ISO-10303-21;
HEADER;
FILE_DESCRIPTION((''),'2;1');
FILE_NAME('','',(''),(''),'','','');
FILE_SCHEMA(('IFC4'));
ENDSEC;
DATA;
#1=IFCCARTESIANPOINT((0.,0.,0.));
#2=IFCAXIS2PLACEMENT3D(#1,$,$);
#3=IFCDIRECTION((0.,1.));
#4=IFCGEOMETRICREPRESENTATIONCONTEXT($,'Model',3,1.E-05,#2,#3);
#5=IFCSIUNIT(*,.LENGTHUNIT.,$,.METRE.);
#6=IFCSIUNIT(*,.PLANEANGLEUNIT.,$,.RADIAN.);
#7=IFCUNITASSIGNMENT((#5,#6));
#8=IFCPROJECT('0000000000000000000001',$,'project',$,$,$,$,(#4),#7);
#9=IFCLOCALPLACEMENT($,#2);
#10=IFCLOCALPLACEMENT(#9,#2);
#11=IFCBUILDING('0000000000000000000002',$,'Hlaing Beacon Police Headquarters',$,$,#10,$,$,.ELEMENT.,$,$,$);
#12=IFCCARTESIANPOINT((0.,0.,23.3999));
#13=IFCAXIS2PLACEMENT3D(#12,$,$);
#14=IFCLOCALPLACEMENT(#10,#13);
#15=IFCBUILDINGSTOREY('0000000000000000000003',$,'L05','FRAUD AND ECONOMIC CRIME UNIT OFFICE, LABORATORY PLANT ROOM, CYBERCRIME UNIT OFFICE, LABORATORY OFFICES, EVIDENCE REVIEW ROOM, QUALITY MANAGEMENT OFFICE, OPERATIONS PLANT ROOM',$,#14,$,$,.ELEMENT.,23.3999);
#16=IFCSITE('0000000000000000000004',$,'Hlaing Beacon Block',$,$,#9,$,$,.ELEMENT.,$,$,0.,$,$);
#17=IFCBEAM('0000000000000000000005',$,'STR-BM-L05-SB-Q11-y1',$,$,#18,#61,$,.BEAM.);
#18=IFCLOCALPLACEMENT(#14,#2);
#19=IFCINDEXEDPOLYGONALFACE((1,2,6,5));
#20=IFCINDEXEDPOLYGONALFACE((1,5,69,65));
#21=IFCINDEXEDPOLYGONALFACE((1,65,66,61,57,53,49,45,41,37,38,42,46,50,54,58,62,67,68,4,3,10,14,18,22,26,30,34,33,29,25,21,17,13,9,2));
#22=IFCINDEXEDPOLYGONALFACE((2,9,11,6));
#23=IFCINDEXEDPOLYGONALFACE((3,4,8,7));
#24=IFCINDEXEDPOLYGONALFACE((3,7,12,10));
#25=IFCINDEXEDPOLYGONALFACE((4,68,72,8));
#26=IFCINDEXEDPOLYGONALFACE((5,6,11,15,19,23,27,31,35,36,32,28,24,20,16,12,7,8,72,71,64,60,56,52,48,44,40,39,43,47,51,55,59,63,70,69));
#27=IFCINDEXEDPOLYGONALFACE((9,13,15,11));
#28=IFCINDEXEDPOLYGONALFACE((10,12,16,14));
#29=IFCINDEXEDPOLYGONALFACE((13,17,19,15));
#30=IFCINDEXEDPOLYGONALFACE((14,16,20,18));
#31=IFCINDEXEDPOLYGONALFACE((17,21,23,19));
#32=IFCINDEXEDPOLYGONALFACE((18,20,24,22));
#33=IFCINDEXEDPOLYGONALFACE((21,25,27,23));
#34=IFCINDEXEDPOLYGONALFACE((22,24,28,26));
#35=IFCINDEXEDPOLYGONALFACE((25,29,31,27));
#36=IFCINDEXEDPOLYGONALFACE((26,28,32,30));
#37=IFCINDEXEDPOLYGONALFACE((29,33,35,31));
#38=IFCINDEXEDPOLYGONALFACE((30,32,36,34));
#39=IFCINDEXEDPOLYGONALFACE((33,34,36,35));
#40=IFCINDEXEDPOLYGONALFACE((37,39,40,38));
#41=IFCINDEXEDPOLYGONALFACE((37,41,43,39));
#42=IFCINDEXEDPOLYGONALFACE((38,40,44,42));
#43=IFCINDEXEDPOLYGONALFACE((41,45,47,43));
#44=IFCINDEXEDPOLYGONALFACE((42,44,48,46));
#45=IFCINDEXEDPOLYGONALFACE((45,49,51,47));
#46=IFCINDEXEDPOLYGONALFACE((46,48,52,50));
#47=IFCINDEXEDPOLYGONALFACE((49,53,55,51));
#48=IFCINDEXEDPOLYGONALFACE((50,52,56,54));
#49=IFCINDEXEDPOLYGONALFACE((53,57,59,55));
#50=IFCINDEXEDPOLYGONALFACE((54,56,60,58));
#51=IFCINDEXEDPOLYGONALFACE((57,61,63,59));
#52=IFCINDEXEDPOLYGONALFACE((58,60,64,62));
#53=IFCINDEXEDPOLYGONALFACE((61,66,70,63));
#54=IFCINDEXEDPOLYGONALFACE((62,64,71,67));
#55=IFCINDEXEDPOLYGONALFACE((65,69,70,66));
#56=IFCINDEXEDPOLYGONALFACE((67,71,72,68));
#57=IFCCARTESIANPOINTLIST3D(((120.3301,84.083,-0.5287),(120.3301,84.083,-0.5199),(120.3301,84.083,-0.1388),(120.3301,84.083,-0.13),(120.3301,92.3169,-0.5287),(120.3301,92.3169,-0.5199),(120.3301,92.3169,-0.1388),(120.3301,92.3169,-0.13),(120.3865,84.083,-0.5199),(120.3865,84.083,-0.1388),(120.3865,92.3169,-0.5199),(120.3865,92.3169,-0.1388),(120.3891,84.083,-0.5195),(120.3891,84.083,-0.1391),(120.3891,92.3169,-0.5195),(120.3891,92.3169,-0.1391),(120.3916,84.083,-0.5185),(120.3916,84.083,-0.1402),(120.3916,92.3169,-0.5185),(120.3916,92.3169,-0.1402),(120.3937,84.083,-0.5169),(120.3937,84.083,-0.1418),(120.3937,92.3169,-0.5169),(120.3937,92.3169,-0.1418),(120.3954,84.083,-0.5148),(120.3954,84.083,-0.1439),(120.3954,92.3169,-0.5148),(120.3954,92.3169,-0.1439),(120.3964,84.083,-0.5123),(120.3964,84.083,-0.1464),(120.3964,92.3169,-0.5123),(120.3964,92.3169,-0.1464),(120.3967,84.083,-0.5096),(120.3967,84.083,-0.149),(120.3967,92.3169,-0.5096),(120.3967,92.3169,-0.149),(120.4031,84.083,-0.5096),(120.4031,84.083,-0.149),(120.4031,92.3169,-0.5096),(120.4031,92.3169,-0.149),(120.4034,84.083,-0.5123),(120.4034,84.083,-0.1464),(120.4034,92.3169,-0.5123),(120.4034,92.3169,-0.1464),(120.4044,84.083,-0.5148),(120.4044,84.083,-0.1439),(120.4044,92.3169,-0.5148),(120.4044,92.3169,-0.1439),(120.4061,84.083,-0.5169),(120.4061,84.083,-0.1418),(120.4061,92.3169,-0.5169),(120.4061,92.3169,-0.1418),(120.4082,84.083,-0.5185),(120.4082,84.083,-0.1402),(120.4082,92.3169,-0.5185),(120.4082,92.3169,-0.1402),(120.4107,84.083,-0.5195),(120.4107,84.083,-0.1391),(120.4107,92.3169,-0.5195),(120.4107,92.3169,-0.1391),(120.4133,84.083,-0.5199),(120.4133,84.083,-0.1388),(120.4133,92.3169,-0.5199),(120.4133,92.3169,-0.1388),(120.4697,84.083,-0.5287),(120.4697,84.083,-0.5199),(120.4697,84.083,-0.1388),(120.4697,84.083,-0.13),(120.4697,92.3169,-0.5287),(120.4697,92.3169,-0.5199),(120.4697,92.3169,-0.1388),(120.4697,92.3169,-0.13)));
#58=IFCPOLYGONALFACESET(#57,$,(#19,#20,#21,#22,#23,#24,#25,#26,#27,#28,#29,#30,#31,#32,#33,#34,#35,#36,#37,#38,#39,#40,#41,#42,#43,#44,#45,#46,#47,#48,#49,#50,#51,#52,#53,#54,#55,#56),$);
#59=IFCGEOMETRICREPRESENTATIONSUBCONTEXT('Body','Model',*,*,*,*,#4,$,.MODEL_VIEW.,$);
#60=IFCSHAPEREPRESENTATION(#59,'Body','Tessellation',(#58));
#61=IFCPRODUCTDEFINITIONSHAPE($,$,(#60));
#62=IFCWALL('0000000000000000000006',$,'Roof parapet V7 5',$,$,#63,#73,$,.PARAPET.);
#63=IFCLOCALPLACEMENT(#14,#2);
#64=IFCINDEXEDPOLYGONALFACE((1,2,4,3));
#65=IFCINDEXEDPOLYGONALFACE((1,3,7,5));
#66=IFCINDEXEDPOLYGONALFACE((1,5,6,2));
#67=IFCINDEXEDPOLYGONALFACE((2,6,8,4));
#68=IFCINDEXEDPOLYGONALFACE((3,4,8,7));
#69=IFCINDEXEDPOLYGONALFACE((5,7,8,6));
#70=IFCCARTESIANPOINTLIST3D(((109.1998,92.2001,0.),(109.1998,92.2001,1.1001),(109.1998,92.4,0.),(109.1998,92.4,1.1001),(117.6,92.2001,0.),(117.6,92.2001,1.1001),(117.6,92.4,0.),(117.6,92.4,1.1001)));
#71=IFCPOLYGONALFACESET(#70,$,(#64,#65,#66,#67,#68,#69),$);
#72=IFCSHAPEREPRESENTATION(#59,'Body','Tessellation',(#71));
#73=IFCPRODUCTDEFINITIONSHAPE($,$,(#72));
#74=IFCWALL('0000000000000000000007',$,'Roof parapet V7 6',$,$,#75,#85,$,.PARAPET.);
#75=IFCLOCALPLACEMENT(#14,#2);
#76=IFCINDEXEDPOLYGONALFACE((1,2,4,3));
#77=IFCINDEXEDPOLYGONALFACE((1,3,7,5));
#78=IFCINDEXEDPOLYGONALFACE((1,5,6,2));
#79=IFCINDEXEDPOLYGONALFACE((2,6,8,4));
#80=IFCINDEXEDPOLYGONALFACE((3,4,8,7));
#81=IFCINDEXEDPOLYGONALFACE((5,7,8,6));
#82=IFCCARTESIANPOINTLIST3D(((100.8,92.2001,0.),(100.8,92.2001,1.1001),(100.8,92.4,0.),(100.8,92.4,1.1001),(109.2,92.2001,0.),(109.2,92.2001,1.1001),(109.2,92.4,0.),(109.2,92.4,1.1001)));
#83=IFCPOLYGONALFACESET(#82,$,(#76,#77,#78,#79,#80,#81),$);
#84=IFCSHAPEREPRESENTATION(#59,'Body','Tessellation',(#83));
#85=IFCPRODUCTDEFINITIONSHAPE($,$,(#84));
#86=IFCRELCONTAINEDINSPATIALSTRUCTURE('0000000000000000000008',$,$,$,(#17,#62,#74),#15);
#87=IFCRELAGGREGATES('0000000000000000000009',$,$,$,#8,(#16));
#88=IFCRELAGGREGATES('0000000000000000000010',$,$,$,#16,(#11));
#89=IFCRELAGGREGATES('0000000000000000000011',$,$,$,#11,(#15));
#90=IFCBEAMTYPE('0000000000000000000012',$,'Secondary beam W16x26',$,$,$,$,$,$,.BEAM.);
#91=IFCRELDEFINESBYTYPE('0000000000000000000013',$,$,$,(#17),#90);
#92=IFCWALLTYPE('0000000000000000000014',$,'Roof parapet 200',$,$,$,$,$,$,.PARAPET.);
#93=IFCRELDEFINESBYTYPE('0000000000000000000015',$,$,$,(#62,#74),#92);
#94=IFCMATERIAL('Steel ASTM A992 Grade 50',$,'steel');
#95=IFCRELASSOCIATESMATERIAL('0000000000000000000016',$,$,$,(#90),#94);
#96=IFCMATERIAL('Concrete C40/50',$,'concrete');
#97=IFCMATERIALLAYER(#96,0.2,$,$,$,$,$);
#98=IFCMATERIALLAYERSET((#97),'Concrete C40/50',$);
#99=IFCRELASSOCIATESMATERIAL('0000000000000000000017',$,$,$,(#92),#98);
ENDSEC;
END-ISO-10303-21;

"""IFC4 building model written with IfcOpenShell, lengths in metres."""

from ifc_helpers import new_model, si_unit, direction, frame, frame_2d, origin, origin_2d, place, context, subcontext, project, spatial, rectangle, i_section, extrude, material, layer, layer_set, material_profile, profile_set, type_object, element, save


model = new_model("IFC4")

# Units and contexts
model_context = context("Model", 3, precision=1e-05, world=origin(), true_north=direction((0.0, 1.0)))
body_context = subcontext(model_context, "Body", "Model", "MODEL_VIEW")
ifc_project = project(units=[si_unit("LENGTHUNIT", "METRE"), si_unit("PLANEANGLEUNIT", "RADIAN")], contexts=[model_context])

# Site, building, storey
site_placement = place(None, origin())
site = spatial("IfcSite", under=ifc_project, at=site_placement, Name="Hlaing Beacon Block", CompositionType="ELEMENT", RefElevation=0.0)
building_placement = place(site_placement, origin())
building = spatial("IfcBuilding", under=site, at=building_placement, Name="Hlaing Beacon Police Headquarters", CompositionType="ELEMENT")
storey_placement = place(building_placement, frame((0.0, 0.0, 23.3999)))
storey = spatial("IfcBuildingStorey", under=building, at=storey_placement, Name="L05", Description="FRAUD AND ECONOMIC CRIME UNIT OFFICE, LABORATORY PLANT ROOM, CYBERCRIME UNIT OFFICE, LABORATORY OFFICES, EVIDENCE REVIEW ROOM, QUALITY MANAGEMENT OFFICE, OPERATIONS PLANT ROOM", CompositionType="ELEMENT", Elevation=23.3999)

# Beam
ifc_material_1 = material(Name="Steel ASTM A992 Grade 50", Category="steel")
ifc_material_profile_1 = material_profile(ifc_material_1, i_section(OverallWidth=0.1396, OverallDepth=0.3987, WebThickness=0.0063, FlangeThickness=0.0088, FilletRadius=0.0103, at=origin_2d()), Name="W16x26")
ifc_profile_set_1 = profile_set([ifc_material_profile_1], Name="Steel ASTM A992 Grade 50")
beam_type_1 = type_object("IfcBeamType", Name="Secondary beam W16x26", PredefinedType="BEAM", material=ifc_profile_set_1)
for number, where, z_axis, x_axis, name in (
    (1, (120.3999, 84.083, -0.3293), (0.0, 1.0, 0.0), (-1.0, 0.0, 0.0), "STR-BM-L05-SB-Q11-y1"),
):
    element("IfcBeam", number, at=place(storey_placement, frame(where, z_axis=z_axis, x_axis=x_axis)), inside=storey, type_object=beam_type_1, Name=name, PredefinedType="BEAM", context=body_context, shape_type="SweptSolid", body=[
        extrude(i_section(OverallWidth=0.1396, OverallDepth=0.3987, WebThickness=0.0063, FlangeThickness=0.0088, FilletRadius=0.0103, at=origin_2d()), origin(), (0.0, 0.0, 1.0), 8.2339),
    ])

# Walls
ifc_material_2 = material(Name="Concrete C40/50", Category="concrete")
ifc_layer = layer(ifc_material_2, 0.2)
ifc_layer_set = layer_set([ifc_layer], Name="Concrete C40/50")
wall_type = type_object("IfcWallType", Name="Roof parapet 200", PredefinedType="PARAPET", material=ifc_layer_set)
wall_1_placement = place(storey_placement, frame((117.6001, 92.3, 0.0), z_axis=(0.0, 0.0, 1.0), x_axis=(-1.0, 0.0, 0.0)))
element("IfcWall", 2, at=wall_1_placement, inside=storey, type_object=wall_type, Name="Roof parapet V7 5", PredefinedType="PARAPET", context=body_context, shape_type="SweptSolid", body=[
    extrude(rectangle(XDim=8.4001, YDim=0.2, at=frame_2d((4.2002, 0.0))), origin(), (0.0, 0.0, 1.0), 1.1001),
])
wall_2_placement = place(storey_placement, frame((109.2, 92.3, 0.0), z_axis=(0.0, 0.0, 1.0), x_axis=(-1.0, 0.0, 0.0)))
element("IfcWall", 3, at=wall_2_placement, inside=storey, type_object=wall_type, Name="Roof parapet V7 6", PredefinedType="PARAPET", context=body_context, shape_type="SweptSolid", body=[
    extrude(rectangle(XDim=8.3999, YDim=0.2, at=frame_2d((4.2, 0.0))), origin(), (0.0, 0.0, 1.0), 1.1001),
])

save(model, "model.ifc")
